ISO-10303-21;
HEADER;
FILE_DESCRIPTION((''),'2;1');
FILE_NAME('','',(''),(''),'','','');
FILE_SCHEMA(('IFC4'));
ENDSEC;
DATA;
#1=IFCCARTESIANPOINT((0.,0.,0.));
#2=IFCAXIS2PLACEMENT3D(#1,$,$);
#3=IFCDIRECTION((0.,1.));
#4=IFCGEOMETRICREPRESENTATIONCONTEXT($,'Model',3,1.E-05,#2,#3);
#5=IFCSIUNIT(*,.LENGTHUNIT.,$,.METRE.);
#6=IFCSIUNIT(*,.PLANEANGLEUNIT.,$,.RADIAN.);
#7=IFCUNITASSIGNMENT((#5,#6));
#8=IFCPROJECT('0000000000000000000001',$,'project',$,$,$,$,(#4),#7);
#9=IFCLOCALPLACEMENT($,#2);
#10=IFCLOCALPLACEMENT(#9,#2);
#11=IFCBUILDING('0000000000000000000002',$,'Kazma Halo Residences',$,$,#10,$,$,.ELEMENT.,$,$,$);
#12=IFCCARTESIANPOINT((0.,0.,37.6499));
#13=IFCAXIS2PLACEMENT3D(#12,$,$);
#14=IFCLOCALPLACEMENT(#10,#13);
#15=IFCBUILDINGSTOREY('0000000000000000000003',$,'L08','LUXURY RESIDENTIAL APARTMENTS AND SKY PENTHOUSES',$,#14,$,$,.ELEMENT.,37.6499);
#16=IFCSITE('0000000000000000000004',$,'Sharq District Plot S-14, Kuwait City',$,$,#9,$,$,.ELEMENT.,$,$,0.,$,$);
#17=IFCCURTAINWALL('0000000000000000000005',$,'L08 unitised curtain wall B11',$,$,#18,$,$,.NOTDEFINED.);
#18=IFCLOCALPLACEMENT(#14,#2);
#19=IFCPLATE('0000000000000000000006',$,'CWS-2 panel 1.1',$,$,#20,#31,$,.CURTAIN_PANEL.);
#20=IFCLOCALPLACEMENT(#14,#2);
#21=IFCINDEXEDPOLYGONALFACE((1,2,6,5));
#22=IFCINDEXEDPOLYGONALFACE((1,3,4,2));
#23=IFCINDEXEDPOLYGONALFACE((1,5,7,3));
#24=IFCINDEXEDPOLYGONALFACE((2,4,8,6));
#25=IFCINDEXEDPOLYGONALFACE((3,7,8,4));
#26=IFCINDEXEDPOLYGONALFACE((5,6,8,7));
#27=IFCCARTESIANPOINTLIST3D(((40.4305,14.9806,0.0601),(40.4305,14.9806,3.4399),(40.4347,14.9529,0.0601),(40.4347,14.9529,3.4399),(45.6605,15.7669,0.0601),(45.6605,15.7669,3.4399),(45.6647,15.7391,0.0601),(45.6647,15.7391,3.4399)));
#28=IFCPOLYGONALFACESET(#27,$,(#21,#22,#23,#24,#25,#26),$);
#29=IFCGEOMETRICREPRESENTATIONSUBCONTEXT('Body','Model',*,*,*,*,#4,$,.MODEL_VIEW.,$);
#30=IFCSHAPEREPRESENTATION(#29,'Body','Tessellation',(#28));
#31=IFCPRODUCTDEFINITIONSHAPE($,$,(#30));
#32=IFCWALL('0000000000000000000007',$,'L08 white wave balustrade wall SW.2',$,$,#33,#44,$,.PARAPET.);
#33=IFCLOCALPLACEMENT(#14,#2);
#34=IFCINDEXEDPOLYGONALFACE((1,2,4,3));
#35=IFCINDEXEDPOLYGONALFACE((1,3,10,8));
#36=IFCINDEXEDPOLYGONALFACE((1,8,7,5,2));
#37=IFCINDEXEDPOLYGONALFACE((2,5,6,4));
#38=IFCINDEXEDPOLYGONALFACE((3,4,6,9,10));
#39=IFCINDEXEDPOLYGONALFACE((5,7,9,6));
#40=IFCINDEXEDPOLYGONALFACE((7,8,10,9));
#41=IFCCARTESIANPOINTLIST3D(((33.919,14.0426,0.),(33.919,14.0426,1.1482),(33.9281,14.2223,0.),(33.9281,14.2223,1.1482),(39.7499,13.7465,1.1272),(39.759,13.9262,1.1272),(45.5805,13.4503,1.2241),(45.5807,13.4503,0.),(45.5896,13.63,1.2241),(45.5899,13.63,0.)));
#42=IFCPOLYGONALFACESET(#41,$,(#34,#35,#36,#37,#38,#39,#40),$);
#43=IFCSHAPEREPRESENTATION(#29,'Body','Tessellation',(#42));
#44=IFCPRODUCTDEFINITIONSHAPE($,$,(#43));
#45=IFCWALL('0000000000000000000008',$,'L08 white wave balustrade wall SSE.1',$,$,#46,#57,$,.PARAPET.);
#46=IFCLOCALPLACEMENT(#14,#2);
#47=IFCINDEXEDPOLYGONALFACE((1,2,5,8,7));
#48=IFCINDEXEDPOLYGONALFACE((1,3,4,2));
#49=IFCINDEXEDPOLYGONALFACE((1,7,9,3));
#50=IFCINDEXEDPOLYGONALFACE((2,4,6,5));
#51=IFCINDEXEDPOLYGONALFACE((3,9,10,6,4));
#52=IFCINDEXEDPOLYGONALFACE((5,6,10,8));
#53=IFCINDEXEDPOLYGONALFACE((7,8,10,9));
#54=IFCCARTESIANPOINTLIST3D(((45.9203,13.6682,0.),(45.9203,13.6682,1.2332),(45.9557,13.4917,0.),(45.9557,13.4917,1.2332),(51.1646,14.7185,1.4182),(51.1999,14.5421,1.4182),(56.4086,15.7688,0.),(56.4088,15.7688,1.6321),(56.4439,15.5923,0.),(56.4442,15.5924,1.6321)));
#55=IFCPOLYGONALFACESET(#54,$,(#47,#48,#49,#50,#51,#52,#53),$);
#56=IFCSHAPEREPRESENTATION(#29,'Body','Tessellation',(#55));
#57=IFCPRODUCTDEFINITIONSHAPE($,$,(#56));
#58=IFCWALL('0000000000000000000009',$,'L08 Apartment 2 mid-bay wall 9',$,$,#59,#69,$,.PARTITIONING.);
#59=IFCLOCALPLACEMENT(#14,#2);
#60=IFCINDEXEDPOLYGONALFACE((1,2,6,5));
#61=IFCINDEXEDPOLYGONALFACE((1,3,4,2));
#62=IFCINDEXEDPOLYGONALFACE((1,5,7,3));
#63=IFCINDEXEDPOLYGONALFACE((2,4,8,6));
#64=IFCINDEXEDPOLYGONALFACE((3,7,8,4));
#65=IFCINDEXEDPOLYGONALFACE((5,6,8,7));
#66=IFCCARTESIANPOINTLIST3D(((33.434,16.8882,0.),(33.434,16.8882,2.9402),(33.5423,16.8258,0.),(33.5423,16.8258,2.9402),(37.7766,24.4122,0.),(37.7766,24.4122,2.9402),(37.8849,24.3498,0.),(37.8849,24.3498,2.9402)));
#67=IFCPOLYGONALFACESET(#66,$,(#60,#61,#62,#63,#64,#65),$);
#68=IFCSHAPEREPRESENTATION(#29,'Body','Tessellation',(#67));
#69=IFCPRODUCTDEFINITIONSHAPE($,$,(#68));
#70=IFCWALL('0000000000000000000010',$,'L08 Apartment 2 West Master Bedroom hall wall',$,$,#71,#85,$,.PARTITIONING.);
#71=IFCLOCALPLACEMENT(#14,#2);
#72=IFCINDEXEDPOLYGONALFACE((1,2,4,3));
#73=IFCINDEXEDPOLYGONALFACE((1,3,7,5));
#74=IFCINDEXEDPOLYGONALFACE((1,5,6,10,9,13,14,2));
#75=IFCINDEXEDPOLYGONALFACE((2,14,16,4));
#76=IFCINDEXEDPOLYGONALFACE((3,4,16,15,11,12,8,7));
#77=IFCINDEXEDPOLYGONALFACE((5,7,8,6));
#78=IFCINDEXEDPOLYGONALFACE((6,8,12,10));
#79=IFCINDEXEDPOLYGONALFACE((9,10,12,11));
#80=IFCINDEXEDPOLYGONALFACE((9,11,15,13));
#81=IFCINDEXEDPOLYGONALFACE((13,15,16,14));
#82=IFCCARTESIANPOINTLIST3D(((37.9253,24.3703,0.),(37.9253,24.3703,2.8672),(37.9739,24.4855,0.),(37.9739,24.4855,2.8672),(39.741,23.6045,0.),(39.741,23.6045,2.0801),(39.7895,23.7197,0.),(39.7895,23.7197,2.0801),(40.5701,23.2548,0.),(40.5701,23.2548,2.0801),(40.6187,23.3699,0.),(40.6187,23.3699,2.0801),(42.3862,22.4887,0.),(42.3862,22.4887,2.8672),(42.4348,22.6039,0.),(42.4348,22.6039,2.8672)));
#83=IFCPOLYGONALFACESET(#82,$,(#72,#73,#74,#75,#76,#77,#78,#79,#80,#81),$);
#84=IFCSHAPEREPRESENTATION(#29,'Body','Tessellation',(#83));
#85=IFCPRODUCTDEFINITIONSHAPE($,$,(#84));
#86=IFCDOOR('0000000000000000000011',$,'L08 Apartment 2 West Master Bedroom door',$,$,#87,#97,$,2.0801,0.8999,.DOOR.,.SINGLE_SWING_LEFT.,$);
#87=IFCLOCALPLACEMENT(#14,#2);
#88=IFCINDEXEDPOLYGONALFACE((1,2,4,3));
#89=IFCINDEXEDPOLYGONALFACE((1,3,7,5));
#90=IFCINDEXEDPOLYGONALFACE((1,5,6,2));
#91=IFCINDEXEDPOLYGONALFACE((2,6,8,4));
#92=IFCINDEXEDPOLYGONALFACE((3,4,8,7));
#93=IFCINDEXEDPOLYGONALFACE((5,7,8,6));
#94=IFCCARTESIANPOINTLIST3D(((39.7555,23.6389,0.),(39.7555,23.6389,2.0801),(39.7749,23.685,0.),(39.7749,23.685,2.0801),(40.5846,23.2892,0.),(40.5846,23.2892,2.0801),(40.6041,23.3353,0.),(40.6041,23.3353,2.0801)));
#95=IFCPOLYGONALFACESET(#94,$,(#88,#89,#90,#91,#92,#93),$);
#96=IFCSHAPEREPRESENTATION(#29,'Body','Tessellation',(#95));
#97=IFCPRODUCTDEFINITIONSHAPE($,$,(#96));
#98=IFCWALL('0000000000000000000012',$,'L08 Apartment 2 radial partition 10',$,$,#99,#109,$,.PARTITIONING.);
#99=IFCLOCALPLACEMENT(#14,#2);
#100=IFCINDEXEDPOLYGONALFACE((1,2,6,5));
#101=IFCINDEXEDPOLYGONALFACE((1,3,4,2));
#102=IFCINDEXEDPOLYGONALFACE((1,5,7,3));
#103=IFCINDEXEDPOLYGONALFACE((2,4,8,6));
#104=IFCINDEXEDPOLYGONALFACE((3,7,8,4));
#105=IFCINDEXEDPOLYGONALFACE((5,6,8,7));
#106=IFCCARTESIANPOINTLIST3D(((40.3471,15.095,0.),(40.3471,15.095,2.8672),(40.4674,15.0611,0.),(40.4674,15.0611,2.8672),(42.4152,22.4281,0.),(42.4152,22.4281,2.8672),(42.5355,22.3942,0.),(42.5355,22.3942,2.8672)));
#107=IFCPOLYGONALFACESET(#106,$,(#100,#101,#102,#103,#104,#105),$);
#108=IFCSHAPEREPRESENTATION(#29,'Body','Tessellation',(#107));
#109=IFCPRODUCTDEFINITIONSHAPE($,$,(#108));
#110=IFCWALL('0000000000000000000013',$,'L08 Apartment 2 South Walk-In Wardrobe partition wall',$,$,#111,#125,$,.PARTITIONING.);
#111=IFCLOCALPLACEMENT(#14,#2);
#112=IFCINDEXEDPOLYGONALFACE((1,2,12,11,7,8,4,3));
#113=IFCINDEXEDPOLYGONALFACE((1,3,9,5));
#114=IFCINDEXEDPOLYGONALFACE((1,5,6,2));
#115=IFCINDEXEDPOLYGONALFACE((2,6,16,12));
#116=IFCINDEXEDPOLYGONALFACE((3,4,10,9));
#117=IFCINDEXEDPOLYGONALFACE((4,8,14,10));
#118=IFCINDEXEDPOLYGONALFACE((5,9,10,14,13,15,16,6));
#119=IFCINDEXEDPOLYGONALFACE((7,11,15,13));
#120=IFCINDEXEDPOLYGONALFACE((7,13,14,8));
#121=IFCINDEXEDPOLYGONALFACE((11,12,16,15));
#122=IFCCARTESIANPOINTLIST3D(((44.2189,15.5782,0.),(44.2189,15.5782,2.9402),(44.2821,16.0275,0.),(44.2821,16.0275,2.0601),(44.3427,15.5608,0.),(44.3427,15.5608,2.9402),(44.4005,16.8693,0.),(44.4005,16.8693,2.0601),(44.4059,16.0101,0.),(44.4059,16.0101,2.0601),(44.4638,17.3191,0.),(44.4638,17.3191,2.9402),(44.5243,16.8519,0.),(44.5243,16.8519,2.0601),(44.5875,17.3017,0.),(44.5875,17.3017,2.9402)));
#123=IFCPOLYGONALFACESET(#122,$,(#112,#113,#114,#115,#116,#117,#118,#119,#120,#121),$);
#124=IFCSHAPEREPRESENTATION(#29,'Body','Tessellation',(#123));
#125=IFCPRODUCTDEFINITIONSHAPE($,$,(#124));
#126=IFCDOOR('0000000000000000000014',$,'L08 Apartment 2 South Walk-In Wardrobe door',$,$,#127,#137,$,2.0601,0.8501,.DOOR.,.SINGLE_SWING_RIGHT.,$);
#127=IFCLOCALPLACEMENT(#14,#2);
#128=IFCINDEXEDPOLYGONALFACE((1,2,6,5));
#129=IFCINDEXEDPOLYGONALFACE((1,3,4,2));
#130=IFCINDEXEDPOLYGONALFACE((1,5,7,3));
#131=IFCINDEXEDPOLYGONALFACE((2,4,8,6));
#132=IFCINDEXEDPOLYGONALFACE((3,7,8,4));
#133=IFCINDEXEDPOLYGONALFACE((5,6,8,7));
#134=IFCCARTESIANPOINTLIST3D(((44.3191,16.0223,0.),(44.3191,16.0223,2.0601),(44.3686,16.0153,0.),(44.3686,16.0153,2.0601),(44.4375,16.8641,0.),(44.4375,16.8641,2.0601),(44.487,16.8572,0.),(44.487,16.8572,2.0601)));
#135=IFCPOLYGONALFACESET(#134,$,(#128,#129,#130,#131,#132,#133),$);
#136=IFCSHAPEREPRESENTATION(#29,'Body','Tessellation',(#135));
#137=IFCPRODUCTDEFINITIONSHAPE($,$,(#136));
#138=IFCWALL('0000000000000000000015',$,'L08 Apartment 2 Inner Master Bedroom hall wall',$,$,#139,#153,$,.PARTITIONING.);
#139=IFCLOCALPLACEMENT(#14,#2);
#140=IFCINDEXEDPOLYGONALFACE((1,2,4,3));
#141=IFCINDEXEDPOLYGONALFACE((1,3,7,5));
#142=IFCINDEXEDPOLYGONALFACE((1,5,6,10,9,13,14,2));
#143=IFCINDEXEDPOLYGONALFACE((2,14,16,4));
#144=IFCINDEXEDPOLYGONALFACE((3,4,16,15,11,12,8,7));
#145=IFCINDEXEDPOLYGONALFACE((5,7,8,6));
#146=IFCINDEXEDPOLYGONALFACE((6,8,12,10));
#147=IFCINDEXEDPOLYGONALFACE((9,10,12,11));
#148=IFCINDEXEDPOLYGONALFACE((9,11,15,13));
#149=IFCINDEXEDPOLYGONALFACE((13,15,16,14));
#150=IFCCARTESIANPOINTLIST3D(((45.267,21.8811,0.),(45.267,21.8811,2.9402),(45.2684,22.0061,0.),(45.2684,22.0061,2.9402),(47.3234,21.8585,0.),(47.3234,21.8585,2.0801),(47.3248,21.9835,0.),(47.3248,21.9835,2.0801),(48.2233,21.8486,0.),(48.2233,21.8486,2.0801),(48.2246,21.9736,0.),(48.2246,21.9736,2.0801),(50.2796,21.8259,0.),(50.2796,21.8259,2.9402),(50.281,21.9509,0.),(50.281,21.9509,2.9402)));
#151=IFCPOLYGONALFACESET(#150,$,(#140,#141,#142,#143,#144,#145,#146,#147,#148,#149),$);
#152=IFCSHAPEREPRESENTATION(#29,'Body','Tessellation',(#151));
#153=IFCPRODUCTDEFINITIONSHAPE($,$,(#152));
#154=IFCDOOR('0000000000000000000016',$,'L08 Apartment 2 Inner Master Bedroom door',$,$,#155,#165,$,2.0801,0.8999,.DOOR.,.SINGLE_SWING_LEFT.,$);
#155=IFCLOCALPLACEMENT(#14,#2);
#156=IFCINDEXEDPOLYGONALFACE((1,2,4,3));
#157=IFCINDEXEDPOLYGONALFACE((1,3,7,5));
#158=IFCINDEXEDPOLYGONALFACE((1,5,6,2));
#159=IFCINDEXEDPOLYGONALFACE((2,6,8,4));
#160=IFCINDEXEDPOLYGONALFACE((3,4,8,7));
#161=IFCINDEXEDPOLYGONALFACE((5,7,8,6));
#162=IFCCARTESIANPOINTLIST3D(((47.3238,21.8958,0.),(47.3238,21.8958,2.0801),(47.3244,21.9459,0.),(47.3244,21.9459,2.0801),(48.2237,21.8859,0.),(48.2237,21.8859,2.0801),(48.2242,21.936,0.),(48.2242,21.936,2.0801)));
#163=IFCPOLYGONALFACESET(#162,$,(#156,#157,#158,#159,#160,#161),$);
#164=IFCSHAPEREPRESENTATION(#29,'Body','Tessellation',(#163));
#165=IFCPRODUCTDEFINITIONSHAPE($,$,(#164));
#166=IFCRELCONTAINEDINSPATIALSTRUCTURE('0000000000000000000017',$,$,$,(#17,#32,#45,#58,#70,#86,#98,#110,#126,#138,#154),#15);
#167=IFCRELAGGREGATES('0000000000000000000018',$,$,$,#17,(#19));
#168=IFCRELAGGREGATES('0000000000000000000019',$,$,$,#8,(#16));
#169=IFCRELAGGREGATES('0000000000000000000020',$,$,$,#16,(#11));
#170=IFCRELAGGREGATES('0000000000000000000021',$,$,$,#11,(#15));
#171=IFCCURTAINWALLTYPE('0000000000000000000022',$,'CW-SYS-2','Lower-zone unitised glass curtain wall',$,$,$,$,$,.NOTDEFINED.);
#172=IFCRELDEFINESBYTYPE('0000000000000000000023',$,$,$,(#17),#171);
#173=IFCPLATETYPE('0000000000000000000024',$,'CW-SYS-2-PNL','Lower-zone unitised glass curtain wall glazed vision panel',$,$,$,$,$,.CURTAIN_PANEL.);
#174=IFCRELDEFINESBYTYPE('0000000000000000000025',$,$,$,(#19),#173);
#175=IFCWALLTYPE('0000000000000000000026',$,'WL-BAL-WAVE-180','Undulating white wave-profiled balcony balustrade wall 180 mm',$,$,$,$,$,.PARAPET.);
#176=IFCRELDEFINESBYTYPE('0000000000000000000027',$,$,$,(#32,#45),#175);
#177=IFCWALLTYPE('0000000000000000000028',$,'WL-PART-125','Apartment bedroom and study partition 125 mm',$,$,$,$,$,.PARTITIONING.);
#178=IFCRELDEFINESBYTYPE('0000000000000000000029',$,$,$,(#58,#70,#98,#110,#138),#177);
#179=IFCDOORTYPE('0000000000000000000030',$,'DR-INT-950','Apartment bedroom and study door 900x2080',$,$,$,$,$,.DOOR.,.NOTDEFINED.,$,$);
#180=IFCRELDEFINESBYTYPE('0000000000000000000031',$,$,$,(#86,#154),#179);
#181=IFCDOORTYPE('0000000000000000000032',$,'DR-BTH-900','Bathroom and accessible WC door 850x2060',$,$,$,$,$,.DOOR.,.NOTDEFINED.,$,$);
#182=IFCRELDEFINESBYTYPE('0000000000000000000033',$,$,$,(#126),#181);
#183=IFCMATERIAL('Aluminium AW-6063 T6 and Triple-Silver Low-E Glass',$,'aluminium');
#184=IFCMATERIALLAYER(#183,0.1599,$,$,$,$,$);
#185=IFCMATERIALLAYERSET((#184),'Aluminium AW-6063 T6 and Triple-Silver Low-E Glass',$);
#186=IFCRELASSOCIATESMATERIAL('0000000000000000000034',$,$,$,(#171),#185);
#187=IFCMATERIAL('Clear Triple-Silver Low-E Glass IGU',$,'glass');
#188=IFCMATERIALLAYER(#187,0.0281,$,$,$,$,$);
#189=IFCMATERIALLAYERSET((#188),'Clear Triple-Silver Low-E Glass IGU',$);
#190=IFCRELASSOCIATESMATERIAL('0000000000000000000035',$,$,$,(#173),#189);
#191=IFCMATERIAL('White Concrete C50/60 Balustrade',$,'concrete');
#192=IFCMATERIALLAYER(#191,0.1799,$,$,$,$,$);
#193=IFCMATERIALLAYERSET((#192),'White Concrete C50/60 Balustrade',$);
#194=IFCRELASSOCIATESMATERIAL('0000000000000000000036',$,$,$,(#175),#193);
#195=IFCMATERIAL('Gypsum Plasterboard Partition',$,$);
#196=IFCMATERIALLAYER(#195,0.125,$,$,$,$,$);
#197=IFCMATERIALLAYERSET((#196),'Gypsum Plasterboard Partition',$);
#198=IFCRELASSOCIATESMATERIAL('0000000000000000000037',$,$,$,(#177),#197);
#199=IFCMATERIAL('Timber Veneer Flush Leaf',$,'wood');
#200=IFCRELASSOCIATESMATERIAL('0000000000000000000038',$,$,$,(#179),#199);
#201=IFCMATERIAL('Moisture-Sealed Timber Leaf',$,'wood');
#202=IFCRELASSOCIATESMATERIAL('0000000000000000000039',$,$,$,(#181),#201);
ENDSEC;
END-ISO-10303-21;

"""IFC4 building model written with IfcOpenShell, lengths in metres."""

from ifc_helpers import new_model, si_unit, direction, frame, frame_2d, origin, origin_2d, place, context, subcontext, project, spatial, polyline, rectangle, outline, extrude, material, layer, layer_set, type_object, element, fill, aggregate, save


model = new_model("IFC4")

# Units and contexts
model_context = context("Model", 3, precision=1e-05, world=origin(), true_north=direction((0.0, 1.0)))
body_context = subcontext(model_context, "Body", "Model", "MODEL_VIEW")
ifc_project = project(units=[si_unit("LENGTHUNIT", "METRE"), si_unit("PLANEANGLEUNIT", "RADIAN")], contexts=[model_context])

# Site, building, storey
site_placement = place(None, origin())
site = spatial("IfcSite", under=ifc_project, at=site_placement, Name="Sharq District Plot S-14, Kuwait City", CompositionType="ELEMENT", RefElevation=0.0)
building_placement = place(site_placement, origin())
building = spatial("IfcBuilding", under=site, at=building_placement, Name="Kazma Halo Residences", CompositionType="ELEMENT")
storey_placement = place(building_placement, frame((0.0, 0.0, 37.6499)))
storey = spatial("IfcBuildingStorey", under=building, at=storey_placement, Name="L08", Description="LUXURY RESIDENTIAL APARTMENTS AND SKY PENTHOUSES", CompositionType="ELEMENT", Elevation=37.6499)

# Curtain wall, plate
ifc_material_1 = material(Name="Aluminium AW-6063 T6 and Triple-Silver Low-E Glass", Category="aluminium")
ifc_layer_1 = layer(ifc_material_1, 0.1599)
ifc_layer_set_1 = layer_set([ifc_layer_1], Name="Aluminium AW-6063 T6 and Triple-Silver Low-E Glass")
curtain_wall_type = type_object("IfcCurtainWallType", Name="CW-SYS-2", Description="Lower-zone unitised glass curtain wall", PredefinedType="NOTDEFINED", material=ifc_layer_set_1)
curtain_wall_placement = place(storey_placement, origin())
curtain_wall = element("IfcCurtainWall", 1, at=curtain_wall_placement, inside=storey, type_object=curtain_wall_type, Name="L08 unitised curtain wall B11", PredefinedType="NOTDEFINED")
ifc_material_2 = material(Name="Clear Triple-Silver Low-E Glass IGU", Category="glass")
ifc_layer_2 = layer(ifc_material_2, 0.0281)
ifc_layer_set_2 = layer_set([ifc_layer_2], Name="Clear Triple-Silver Low-E Glass IGU")
plate_type = type_object("IfcPlateType", Name="CW-SYS-2-PNL", Description="Lower-zone unitised glass curtain wall glazed vision panel", PredefinedType="CURTAIN_PANEL", material=ifc_layer_set_2)
plate_placement = place(storey_placement, frame((43.0476, 15.3599, 0.0601), z_axis=(0.0, 0.0, 1.0), x_axis=(0.988889, 0.148657, 0.0)))
plate = element("IfcPlate", 2, at=plate_placement, type_object=plate_type, Name="CWS-2 panel 1.1", PredefinedType="CURTAIN_PANEL", context=body_context, shape_type="SweptSolid", body=[
    extrude(rectangle(XDim=5.2888, YDim=0.0281, at=origin_2d()), origin(), (0.0, 0.0, 1.0), 3.3799),
])
aggregate(curtain_wall, [plate])

# Walls
ifc_material_3 = material(Name="White Concrete C50/60 Balustrade", Category="concrete")
ifc_layer_3 = layer(ifc_material_3, 0.1799)
ifc_layer_set_3 = layer_set([ifc_layer_3], Name="White Concrete C50/60 Balustrade")
wall_type_1 = type_object("IfcWallType", Name="WL-BAL-WAVE-180", Description="Undulating white wave-profiled balcony balustrade wall 180 mm", PredefinedType="PARAPET", material=ifc_layer_set_3)
wall_1_placement = place(storey_placement, frame((33.9236, 14.1326, 0.0), z_axis=(0.0, 0.0, 1.0), x_axis=(0.998713, -0.050724, 0.0)))
element("IfcWall", 3, at=wall_1_placement, inside=storey, type_object=wall_type_1, Name="L08 white wave balustrade wall SW.2", PredefinedType="PARAPET", context=body_context, shape_type="SweptSolid", body=[
    extrude(outline(polyline([(0.0, 0.0), (11.6768, 0.0), (11.6765, 1.2241), (5.8384, 1.1272), (0.0, 1.1482), (0.0, 0.0)])), frame((0.0, 0.0898, 0.0), z_axis=(0.0, -1.0, 0.0), x_axis=(1.0, 0.0, 0.0)), (0.0, 0.0, 1.0), 0.1799),
])
wall_2_placement = place(storey_placement, frame((45.938, 13.5801, 0.0), z_axis=(0.0, 0.0, 1.0), x_axis=(0.980528, 0.196379, 0.0)))
element("IfcWall", 4, at=wall_2_placement, inside=storey, type_object=wall_type_1, Name="L08 white wave balustrade wall SSE.1", PredefinedType="PARAPET", context=body_context, shape_type="SweptSolid", body=[
    extrude(outline(polyline([(0.0, 0.0), (10.6965, 0.0), (10.6968, 1.6321), (5.3484, 1.4182), (0.0, 1.2332), (0.0, 0.0)])), frame((0.0, 0.0898, 0.0), z_axis=(0.0, -1.0, 0.0), x_axis=(1.0, 0.0, 0.0)), (0.0, 0.0, 1.0), 0.1799),
])
ifc_material_4 = material(Name="Gypsum Plasterboard Partition")
ifc_layer_4 = layer(ifc_material_4, 0.125)
ifc_layer_set_4 = layer_set([ifc_layer_4], Name="Gypsum Plasterboard Partition")
wall_type_2 = type_object("IfcWallType", Name="WL-PART-125", Description="Apartment bedroom and study partition 125 mm", PredefinedType="PARTITIONING", material=ifc_layer_set_4)
wall_3_placement = place(storey_placement, frame((37.8308, 24.3811, 0.0), z_axis=(0.0, 0.0, 1.0), x_axis=(-0.499878, -0.866096, 0.0)))
element("IfcWall", 5, at=wall_3_placement, inside=storey, type_object=wall_type_2, Name="L08 Apartment 2 mid-bay wall 9", PredefinedType="PARTITIONING", context=body_context, shape_type="SweptSolid", body=[
    extrude(rectangle(XDim=8.6873, YDim=0.125, at=frame_2d((4.3438, 0.0))), origin(), (0.0, 0.0, 1.0), 2.9402),
])

# Wall, opening, door
wall_4_placement = place(storey_placement, frame((37.9495, 24.428, 0.0), z_axis=(0.0, 0.0, 1.0), x_axis=(0.921391, -0.388636, 0.0)))
wall_4 = element("IfcWall", 6, at=wall_4_placement, inside=storey, type_object=wall_type_2, Name="L08 Apartment 2 West Master Bedroom hall wall", PredefinedType="PARTITIONING", context=body_context, shape_type="SweptSolid", body=[
    extrude(rectangle(XDim=4.8416, YDim=0.125, at=frame_2d((2.4209, 0.0))), origin(), (0.0, 0.0, 1.0), 2.8672),
])
opening_1_placement = place(wall_4_placement, frame((1.9707, 0.0, 0.0)))
opening_1 = element("IfcOpeningElement", 7, at=opening_1_placement, cuts=wall_4, PredefinedType="OPENING", context=body_context, shape_type="SweptSolid", body=[
    extrude(rectangle(XDim=0.8999, YDim=2.0801, at=frame_2d((0.45, 1.04))), frame((0.0, 0.0725, 0.0), z_axis=(0.0, -1.0, 0.0), x_axis=(1.0, 0.0, 0.0)), (0.0, 0.0, 1.0), 0.145),
])
ifc_material_5 = material(Name="Timber Veneer Flush Leaf", Category="wood")
door_type_1 = type_object("IfcDoorType", Name="DR-INT-950", Description="Apartment bedroom and study door 900x2080", OperationType="NOTDEFINED", PredefinedType="DOOR", material=ifc_material_5)
door_1_placement = place(opening_1_placement, origin())
door_1 = element("IfcDoor", 8, at=door_1_placement, inside=storey, type_object=door_type_1, Name="L08 Apartment 2 West Master Bedroom door", OperationType="SINGLE_SWING_LEFT", OverallHeight=2.0801, OverallWidth=0.8999, PredefinedType="DOOR", context=body_context, shape_type="SweptSolid", body=[
    extrude(rectangle(XDim=0.8999, YDim=2.0801, at=frame_2d((0.45, 1.04))), frame((0.0, 0.0249, 0.0), z_axis=(0.0, -1.0, 0.0), x_axis=(1.0, 0.0, 0.0)), (0.0, 0.0, 1.0), 0.05),
])
fill(opening_1, door_1)

# Wall
wall_5_placement = place(storey_placement, frame((42.4753, 22.4111, 0.0), z_axis=(0.0, 0.0, 1.0), x_axis=(-0.27144, -0.962455, 0.0)))
element("IfcWall", 9, at=wall_5_placement, inside=storey, type_object=wall_type_2, Name="L08 Apartment 2 radial partition 10", PredefinedType="PARTITIONING", context=body_context, shape_type="SweptSolid", body=[
    extrude(rectangle(XDim=7.6191, YDim=0.125, at=frame_2d((3.8096, 0.0))), origin(), (0.0, 0.0, 1.0), 2.8672),
])

# Walls, openings, doors
wall_6_placement = place(storey_placement, frame((44.5256, 17.3103, 0.0), z_axis=(0.0, 0.0, 1.0), x_axis=(-0.139282, -0.990253, 0.0)))
wall_6 = element("IfcWall", 10, at=wall_6_placement, inside=storey, type_object=wall_type_2, Name="L08 Apartment 2 South Walk-In Wardrobe partition wall", PredefinedType="PARTITIONING", context=body_context, shape_type="SweptSolid", body=[
    extrude(rectangle(XDim=1.7581, YDim=0.125, at=frame_2d((0.8789, 0.0))), origin(), (0.0, 0.0, 1.0), 2.9402),
])
opening_2_placement = place(wall_6_placement, frame((0.4541, 0.0, 0.0)))
opening_2 = element("IfcOpeningElement", 11, at=opening_2_placement, cuts=wall_6, PredefinedType="OPENING", context=body_context, shape_type="SweptSolid", body=[
    extrude(rectangle(XDim=0.8501, YDim=2.0601, at=frame_2d((0.425, 1.03))), frame((0.0, 0.0725, 0.0), z_axis=(0.0, -1.0, 0.0), x_axis=(1.0, 0.0, 0.0)), (0.0, 0.0, 1.0), 0.145),
])
ifc_material_6 = material(Name="Moisture-Sealed Timber Leaf", Category="wood")
door_type_2 = type_object("IfcDoorType", Name="DR-BTH-900", Description="Bathroom and accessible WC door 850x2060", OperationType="NOTDEFINED", PredefinedType="DOOR", material=ifc_material_6)
door_2_placement = place(opening_2_placement, origin())
door_2 = element("IfcDoor", 12, at=door_2_placement, inside=storey, type_object=door_type_2, Name="L08 Apartment 2 South Walk-In Wardrobe door", OperationType="SINGLE_SWING_RIGHT", OverallHeight=2.0601, OverallWidth=0.8501, PredefinedType="DOOR", context=body_context, shape_type="SweptSolid", body=[
    extrude(rectangle(XDim=0.8501, YDim=2.0601, at=frame_2d((0.425, 1.03))), frame((0.0, 0.0249, 0.0), z_axis=(0.0, -1.0, 0.0), x_axis=(1.0, 0.0, 0.0)), (0.0, 0.0, 1.0), 0.05),
])
fill(opening_2, door_2)
wall_7_placement = place(storey_placement, frame((45.2678, 21.9436, 0.0), z_axis=(0.0, 0.0, 1.0), x_axis=(0.999939, -0.011007, 0.0)))
wall_7 = element("IfcWall", 13, at=wall_7_placement, inside=storey, type_object=wall_type_2, Name="L08 Apartment 2 Inner Master Bedroom hall wall", PredefinedType="PARTITIONING", context=body_context, shape_type="SweptSolid", body=[
    extrude(rectangle(XDim=5.0129, YDim=0.125, at=frame_2d((2.5063, 0.0))), origin(), (0.0, 0.0, 1.0), 2.9402),
])
opening_3_placement = place(wall_7_placement, frame((2.0564, 0.0, 0.0)))
opening_3 = element("IfcOpeningElement", 14, at=opening_3_placement, cuts=wall_7, PredefinedType="OPENING", context=body_context, shape_type="SweptSolid", body=[
    extrude(rectangle(XDim=0.8999, YDim=2.0801, at=frame_2d((0.45, 1.04))), frame((0.0, 0.0725, 0.0), z_axis=(0.0, -1.0, 0.0), x_axis=(1.0, 0.0, 0.0)), (0.0, 0.0, 1.0), 0.145),
])
door_3_placement = place(opening_3_placement, origin())
door_3 = element("IfcDoor", 15, at=door_3_placement, inside=storey, type_object=door_type_1, Name="L08 Apartment 2 Inner Master Bedroom door", OperationType="SINGLE_SWING_LEFT", OverallHeight=2.0801, OverallWidth=0.8999, PredefinedType="DOOR", context=body_context, shape_type="SweptSolid", body=[
    extrude(rectangle(XDim=0.8999, YDim=2.0801, at=frame_2d((0.45, 1.04))), frame((0.0, 0.0249, 0.0), z_axis=(0.0, -1.0, 0.0), x_axis=(1.0, 0.0, 0.0)), (0.0, 0.0, 1.0), 0.05),
])
fill(opening_3, door_3)

save(model, "model.ifc")
